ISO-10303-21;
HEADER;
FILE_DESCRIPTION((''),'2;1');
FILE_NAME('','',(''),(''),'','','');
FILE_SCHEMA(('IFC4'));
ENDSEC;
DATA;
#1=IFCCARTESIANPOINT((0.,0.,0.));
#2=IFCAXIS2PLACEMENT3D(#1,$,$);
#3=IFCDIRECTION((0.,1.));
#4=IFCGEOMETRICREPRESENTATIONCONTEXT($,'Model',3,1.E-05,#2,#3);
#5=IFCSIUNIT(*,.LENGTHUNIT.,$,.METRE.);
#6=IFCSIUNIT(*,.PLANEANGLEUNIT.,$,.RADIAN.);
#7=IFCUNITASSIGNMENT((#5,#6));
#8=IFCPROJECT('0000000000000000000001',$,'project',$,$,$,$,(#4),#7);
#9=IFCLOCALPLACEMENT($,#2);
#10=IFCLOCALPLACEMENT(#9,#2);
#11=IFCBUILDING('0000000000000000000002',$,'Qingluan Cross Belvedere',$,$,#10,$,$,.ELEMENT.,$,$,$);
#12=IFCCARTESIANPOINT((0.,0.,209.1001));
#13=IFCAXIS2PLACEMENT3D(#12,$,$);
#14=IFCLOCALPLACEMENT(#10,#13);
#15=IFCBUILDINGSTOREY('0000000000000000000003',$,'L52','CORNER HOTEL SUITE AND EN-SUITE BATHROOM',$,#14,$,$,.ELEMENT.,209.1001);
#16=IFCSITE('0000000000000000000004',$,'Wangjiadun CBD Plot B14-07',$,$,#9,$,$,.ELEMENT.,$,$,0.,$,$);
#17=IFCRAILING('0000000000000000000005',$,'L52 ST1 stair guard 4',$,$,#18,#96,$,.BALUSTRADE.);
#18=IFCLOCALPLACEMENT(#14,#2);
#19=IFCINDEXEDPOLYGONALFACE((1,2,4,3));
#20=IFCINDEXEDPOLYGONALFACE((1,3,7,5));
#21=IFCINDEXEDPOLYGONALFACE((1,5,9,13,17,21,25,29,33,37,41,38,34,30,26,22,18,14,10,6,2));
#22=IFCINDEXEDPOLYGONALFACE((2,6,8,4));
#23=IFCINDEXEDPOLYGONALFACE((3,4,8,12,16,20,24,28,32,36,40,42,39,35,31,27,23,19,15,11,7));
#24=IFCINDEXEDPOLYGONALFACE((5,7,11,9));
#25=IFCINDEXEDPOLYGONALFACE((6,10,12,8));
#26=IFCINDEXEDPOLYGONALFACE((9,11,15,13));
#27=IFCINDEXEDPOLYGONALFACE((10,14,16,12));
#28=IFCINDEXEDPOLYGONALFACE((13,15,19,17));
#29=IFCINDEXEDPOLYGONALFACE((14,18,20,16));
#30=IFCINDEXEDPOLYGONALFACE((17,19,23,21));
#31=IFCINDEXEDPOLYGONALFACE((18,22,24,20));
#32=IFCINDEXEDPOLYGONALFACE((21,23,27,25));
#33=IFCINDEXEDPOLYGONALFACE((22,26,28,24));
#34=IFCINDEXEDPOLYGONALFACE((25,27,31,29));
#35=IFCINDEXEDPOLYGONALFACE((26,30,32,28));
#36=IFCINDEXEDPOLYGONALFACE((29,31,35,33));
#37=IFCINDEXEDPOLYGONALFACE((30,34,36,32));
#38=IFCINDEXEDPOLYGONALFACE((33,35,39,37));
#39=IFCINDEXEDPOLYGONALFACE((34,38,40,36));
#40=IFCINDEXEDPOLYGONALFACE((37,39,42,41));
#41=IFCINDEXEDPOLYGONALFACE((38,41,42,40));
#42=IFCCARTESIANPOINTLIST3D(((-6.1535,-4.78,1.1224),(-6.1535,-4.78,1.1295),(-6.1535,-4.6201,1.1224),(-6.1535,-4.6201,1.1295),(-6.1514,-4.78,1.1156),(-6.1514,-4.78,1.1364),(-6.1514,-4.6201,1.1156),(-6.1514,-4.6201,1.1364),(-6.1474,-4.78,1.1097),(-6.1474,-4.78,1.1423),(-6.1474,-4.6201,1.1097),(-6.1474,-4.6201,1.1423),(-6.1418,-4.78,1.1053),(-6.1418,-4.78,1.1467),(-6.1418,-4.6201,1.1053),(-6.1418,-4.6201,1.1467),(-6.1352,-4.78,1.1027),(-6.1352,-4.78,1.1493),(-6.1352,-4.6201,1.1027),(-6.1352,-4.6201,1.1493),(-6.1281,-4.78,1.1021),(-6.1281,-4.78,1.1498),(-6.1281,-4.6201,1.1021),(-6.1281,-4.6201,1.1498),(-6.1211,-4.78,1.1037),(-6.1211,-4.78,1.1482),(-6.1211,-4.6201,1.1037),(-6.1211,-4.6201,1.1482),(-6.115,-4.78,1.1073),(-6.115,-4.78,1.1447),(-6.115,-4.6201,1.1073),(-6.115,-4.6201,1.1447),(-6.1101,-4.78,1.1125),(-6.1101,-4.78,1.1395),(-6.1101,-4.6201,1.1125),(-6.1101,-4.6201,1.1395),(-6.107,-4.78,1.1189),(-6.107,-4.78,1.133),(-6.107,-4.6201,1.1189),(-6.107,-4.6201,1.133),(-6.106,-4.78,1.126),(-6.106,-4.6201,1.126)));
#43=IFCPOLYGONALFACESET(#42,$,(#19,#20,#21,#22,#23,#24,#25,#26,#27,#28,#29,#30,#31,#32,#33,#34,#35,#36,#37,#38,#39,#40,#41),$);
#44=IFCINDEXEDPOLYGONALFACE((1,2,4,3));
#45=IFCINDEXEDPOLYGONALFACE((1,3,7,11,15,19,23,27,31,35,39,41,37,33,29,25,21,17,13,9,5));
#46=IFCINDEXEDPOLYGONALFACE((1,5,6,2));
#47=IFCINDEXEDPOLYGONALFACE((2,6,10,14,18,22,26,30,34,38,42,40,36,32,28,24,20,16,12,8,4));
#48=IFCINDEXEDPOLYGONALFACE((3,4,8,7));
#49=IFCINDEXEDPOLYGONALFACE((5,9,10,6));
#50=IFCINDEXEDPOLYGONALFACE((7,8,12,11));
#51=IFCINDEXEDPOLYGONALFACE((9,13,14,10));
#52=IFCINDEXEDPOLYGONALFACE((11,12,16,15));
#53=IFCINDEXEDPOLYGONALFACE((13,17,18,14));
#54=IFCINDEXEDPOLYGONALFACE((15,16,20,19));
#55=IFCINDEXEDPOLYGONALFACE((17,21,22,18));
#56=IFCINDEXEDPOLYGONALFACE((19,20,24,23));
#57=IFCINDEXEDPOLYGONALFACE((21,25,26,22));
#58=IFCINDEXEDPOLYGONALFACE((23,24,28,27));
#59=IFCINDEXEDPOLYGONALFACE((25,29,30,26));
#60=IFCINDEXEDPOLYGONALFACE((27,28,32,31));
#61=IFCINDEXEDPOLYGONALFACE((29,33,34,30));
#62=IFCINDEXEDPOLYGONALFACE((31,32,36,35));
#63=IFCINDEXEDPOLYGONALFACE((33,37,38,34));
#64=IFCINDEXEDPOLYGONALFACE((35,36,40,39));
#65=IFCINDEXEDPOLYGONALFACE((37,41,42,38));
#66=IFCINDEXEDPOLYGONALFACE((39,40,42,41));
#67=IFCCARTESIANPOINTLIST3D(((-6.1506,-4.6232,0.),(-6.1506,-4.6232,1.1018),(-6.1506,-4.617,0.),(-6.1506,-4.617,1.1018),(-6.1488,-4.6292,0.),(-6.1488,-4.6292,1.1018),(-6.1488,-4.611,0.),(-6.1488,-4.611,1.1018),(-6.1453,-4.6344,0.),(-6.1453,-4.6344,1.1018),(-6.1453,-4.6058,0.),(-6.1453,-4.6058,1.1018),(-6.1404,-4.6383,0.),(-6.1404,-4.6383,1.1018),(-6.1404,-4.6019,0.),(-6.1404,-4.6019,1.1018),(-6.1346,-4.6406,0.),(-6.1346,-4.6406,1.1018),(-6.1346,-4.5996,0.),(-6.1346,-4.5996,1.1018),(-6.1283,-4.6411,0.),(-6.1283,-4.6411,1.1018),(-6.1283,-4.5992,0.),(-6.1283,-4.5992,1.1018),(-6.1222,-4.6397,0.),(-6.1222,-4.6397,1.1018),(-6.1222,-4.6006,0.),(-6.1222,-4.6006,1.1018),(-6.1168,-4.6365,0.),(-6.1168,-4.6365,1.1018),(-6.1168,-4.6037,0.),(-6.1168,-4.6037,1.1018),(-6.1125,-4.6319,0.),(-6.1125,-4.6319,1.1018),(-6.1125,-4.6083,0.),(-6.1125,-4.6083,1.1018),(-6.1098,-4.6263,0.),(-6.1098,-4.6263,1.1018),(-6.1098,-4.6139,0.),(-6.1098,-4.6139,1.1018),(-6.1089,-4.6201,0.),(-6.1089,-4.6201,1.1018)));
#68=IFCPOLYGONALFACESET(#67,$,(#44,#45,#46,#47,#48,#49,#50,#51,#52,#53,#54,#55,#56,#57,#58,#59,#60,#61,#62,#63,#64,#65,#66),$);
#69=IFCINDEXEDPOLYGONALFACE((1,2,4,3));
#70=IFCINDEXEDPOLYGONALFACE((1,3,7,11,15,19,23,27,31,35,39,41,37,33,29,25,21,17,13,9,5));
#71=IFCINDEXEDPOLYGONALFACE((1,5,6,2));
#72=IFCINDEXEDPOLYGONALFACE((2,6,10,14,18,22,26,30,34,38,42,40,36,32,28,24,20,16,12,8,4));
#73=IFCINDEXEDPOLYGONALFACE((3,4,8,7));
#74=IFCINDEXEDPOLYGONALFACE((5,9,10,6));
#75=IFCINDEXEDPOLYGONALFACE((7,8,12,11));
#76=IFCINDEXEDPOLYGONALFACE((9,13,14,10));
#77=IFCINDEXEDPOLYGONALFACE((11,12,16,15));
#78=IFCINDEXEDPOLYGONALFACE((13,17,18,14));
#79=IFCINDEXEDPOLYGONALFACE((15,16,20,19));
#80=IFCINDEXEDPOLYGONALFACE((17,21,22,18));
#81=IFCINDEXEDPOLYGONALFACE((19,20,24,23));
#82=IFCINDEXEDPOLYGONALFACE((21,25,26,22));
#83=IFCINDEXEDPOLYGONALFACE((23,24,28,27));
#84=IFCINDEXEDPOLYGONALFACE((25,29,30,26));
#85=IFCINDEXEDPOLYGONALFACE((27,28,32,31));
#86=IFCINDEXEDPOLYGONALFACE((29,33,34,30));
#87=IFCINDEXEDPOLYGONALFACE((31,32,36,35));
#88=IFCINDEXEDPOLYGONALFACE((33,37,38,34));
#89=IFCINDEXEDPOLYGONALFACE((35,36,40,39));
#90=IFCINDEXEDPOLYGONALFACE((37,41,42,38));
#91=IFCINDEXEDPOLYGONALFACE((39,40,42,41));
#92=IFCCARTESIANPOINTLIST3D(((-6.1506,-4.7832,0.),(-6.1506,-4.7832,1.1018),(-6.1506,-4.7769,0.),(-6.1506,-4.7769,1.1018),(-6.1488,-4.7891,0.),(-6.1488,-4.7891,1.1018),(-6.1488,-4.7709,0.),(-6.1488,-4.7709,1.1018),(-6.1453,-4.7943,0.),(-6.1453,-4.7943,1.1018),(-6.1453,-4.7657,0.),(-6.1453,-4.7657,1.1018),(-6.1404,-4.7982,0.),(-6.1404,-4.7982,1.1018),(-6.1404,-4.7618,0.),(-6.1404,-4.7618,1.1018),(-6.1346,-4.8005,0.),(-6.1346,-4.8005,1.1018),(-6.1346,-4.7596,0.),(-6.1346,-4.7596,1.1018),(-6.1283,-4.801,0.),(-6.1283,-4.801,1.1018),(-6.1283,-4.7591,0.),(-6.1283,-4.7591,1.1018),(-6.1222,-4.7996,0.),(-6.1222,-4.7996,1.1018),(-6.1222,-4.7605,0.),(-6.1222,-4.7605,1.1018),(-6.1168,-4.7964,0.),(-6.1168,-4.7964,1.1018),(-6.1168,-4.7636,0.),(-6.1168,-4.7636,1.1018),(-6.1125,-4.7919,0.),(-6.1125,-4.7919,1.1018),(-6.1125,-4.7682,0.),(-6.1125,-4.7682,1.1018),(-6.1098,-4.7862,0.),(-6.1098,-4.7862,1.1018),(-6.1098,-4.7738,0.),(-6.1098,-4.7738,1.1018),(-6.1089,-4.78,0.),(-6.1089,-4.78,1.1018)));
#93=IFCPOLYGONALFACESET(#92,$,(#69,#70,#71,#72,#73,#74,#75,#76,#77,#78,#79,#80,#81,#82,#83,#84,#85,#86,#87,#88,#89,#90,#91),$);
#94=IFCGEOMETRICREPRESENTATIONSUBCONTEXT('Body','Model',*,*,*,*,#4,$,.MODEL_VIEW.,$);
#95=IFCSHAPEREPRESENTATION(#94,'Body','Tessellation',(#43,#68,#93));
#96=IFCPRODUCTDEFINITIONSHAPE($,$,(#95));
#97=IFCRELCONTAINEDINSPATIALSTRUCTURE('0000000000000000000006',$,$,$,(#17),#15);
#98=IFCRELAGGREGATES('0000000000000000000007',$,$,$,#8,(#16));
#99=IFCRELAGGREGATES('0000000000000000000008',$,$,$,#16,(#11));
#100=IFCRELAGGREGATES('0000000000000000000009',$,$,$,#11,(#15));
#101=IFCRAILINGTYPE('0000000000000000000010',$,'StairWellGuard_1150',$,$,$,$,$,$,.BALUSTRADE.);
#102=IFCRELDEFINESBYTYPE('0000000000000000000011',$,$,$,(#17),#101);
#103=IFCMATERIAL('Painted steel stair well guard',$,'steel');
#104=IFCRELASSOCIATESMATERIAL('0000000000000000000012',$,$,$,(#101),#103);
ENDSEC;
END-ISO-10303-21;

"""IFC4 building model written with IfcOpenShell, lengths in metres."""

from ifc_helpers import new_model, si_unit, direction, frame, origin, origin_2d, place, context, subcontext, project, spatial, circle, extrude, material, type_object, element, save


model = new_model("IFC4")

# Units and contexts
model_context = context("Model", 3, precision=1e-05, world=origin(), true_north=direction((0.0, 1.0)))
body_context = subcontext(model_context, "Body", "Model", "MODEL_VIEW")
ifc_project = project(units=[si_unit("LENGTHUNIT", "METRE"), si_unit("PLANEANGLEUNIT", "RADIAN")], contexts=[model_context])

# Site, building, storey
site_placement = place(None, origin())
site = spatial("IfcSite", under=ifc_project, at=site_placement, Name="Wangjiadun CBD Plot B14-07", CompositionType="ELEMENT", RefElevation=0.0)
building_placement = place(site_placement, origin())
building = spatial("IfcBuilding", under=site, at=building_placement, Name="Qingluan Cross Belvedere", CompositionType="ELEMENT")
storey_placement = place(building_placement, frame((0.0, 0.0, 209.1001)))
storey = spatial("IfcBuildingStorey", under=building, at=storey_placement, Name="L52", Description="CORNER HOTEL SUITE AND EN-SUITE BATHROOM", CompositionType="ELEMENT", Elevation=209.1001)

# Railing
ifc_material_1 = material(Name="Painted steel stair well guard", Category="steel")
railing_type_1 = type_object("IfcRailingType", Name="StairWellGuard_1150", PredefinedType="BALUSTRADE", material=ifc_material_1)
railing_1_placement = place(storey_placement, frame((-6.1299, -4.6201, 0.0)))
element("IfcRailing", 1, at=railing_1_placement, inside=storey, type_object=railing_type_1, Name="L52 ST1 stair guard 4", PredefinedType="BALUSTRADE", context=body_context, shape_type="SweptSolid", body=[
    extrude(circle(Radius=0.0239, at=origin_2d()), frame((0.0, 0.0, 1.126), z_axis=(0.0, -1.0, 0.0), x_axis=(1.0, 0.0, 0.0)), (0.0, 0.0, 1.0), 0.1599),
    extrude(circle(Radius=0.021, at=origin_2d()), origin(), (0.0, 0.0, 1.0), 1.1018),
    extrude(circle(Radius=0.021, at=origin_2d()), frame((0.0, -0.1599, 0.0)), (0.0, 0.0, 1.0), 1.1018),
])

save(model, "model.ifc")
